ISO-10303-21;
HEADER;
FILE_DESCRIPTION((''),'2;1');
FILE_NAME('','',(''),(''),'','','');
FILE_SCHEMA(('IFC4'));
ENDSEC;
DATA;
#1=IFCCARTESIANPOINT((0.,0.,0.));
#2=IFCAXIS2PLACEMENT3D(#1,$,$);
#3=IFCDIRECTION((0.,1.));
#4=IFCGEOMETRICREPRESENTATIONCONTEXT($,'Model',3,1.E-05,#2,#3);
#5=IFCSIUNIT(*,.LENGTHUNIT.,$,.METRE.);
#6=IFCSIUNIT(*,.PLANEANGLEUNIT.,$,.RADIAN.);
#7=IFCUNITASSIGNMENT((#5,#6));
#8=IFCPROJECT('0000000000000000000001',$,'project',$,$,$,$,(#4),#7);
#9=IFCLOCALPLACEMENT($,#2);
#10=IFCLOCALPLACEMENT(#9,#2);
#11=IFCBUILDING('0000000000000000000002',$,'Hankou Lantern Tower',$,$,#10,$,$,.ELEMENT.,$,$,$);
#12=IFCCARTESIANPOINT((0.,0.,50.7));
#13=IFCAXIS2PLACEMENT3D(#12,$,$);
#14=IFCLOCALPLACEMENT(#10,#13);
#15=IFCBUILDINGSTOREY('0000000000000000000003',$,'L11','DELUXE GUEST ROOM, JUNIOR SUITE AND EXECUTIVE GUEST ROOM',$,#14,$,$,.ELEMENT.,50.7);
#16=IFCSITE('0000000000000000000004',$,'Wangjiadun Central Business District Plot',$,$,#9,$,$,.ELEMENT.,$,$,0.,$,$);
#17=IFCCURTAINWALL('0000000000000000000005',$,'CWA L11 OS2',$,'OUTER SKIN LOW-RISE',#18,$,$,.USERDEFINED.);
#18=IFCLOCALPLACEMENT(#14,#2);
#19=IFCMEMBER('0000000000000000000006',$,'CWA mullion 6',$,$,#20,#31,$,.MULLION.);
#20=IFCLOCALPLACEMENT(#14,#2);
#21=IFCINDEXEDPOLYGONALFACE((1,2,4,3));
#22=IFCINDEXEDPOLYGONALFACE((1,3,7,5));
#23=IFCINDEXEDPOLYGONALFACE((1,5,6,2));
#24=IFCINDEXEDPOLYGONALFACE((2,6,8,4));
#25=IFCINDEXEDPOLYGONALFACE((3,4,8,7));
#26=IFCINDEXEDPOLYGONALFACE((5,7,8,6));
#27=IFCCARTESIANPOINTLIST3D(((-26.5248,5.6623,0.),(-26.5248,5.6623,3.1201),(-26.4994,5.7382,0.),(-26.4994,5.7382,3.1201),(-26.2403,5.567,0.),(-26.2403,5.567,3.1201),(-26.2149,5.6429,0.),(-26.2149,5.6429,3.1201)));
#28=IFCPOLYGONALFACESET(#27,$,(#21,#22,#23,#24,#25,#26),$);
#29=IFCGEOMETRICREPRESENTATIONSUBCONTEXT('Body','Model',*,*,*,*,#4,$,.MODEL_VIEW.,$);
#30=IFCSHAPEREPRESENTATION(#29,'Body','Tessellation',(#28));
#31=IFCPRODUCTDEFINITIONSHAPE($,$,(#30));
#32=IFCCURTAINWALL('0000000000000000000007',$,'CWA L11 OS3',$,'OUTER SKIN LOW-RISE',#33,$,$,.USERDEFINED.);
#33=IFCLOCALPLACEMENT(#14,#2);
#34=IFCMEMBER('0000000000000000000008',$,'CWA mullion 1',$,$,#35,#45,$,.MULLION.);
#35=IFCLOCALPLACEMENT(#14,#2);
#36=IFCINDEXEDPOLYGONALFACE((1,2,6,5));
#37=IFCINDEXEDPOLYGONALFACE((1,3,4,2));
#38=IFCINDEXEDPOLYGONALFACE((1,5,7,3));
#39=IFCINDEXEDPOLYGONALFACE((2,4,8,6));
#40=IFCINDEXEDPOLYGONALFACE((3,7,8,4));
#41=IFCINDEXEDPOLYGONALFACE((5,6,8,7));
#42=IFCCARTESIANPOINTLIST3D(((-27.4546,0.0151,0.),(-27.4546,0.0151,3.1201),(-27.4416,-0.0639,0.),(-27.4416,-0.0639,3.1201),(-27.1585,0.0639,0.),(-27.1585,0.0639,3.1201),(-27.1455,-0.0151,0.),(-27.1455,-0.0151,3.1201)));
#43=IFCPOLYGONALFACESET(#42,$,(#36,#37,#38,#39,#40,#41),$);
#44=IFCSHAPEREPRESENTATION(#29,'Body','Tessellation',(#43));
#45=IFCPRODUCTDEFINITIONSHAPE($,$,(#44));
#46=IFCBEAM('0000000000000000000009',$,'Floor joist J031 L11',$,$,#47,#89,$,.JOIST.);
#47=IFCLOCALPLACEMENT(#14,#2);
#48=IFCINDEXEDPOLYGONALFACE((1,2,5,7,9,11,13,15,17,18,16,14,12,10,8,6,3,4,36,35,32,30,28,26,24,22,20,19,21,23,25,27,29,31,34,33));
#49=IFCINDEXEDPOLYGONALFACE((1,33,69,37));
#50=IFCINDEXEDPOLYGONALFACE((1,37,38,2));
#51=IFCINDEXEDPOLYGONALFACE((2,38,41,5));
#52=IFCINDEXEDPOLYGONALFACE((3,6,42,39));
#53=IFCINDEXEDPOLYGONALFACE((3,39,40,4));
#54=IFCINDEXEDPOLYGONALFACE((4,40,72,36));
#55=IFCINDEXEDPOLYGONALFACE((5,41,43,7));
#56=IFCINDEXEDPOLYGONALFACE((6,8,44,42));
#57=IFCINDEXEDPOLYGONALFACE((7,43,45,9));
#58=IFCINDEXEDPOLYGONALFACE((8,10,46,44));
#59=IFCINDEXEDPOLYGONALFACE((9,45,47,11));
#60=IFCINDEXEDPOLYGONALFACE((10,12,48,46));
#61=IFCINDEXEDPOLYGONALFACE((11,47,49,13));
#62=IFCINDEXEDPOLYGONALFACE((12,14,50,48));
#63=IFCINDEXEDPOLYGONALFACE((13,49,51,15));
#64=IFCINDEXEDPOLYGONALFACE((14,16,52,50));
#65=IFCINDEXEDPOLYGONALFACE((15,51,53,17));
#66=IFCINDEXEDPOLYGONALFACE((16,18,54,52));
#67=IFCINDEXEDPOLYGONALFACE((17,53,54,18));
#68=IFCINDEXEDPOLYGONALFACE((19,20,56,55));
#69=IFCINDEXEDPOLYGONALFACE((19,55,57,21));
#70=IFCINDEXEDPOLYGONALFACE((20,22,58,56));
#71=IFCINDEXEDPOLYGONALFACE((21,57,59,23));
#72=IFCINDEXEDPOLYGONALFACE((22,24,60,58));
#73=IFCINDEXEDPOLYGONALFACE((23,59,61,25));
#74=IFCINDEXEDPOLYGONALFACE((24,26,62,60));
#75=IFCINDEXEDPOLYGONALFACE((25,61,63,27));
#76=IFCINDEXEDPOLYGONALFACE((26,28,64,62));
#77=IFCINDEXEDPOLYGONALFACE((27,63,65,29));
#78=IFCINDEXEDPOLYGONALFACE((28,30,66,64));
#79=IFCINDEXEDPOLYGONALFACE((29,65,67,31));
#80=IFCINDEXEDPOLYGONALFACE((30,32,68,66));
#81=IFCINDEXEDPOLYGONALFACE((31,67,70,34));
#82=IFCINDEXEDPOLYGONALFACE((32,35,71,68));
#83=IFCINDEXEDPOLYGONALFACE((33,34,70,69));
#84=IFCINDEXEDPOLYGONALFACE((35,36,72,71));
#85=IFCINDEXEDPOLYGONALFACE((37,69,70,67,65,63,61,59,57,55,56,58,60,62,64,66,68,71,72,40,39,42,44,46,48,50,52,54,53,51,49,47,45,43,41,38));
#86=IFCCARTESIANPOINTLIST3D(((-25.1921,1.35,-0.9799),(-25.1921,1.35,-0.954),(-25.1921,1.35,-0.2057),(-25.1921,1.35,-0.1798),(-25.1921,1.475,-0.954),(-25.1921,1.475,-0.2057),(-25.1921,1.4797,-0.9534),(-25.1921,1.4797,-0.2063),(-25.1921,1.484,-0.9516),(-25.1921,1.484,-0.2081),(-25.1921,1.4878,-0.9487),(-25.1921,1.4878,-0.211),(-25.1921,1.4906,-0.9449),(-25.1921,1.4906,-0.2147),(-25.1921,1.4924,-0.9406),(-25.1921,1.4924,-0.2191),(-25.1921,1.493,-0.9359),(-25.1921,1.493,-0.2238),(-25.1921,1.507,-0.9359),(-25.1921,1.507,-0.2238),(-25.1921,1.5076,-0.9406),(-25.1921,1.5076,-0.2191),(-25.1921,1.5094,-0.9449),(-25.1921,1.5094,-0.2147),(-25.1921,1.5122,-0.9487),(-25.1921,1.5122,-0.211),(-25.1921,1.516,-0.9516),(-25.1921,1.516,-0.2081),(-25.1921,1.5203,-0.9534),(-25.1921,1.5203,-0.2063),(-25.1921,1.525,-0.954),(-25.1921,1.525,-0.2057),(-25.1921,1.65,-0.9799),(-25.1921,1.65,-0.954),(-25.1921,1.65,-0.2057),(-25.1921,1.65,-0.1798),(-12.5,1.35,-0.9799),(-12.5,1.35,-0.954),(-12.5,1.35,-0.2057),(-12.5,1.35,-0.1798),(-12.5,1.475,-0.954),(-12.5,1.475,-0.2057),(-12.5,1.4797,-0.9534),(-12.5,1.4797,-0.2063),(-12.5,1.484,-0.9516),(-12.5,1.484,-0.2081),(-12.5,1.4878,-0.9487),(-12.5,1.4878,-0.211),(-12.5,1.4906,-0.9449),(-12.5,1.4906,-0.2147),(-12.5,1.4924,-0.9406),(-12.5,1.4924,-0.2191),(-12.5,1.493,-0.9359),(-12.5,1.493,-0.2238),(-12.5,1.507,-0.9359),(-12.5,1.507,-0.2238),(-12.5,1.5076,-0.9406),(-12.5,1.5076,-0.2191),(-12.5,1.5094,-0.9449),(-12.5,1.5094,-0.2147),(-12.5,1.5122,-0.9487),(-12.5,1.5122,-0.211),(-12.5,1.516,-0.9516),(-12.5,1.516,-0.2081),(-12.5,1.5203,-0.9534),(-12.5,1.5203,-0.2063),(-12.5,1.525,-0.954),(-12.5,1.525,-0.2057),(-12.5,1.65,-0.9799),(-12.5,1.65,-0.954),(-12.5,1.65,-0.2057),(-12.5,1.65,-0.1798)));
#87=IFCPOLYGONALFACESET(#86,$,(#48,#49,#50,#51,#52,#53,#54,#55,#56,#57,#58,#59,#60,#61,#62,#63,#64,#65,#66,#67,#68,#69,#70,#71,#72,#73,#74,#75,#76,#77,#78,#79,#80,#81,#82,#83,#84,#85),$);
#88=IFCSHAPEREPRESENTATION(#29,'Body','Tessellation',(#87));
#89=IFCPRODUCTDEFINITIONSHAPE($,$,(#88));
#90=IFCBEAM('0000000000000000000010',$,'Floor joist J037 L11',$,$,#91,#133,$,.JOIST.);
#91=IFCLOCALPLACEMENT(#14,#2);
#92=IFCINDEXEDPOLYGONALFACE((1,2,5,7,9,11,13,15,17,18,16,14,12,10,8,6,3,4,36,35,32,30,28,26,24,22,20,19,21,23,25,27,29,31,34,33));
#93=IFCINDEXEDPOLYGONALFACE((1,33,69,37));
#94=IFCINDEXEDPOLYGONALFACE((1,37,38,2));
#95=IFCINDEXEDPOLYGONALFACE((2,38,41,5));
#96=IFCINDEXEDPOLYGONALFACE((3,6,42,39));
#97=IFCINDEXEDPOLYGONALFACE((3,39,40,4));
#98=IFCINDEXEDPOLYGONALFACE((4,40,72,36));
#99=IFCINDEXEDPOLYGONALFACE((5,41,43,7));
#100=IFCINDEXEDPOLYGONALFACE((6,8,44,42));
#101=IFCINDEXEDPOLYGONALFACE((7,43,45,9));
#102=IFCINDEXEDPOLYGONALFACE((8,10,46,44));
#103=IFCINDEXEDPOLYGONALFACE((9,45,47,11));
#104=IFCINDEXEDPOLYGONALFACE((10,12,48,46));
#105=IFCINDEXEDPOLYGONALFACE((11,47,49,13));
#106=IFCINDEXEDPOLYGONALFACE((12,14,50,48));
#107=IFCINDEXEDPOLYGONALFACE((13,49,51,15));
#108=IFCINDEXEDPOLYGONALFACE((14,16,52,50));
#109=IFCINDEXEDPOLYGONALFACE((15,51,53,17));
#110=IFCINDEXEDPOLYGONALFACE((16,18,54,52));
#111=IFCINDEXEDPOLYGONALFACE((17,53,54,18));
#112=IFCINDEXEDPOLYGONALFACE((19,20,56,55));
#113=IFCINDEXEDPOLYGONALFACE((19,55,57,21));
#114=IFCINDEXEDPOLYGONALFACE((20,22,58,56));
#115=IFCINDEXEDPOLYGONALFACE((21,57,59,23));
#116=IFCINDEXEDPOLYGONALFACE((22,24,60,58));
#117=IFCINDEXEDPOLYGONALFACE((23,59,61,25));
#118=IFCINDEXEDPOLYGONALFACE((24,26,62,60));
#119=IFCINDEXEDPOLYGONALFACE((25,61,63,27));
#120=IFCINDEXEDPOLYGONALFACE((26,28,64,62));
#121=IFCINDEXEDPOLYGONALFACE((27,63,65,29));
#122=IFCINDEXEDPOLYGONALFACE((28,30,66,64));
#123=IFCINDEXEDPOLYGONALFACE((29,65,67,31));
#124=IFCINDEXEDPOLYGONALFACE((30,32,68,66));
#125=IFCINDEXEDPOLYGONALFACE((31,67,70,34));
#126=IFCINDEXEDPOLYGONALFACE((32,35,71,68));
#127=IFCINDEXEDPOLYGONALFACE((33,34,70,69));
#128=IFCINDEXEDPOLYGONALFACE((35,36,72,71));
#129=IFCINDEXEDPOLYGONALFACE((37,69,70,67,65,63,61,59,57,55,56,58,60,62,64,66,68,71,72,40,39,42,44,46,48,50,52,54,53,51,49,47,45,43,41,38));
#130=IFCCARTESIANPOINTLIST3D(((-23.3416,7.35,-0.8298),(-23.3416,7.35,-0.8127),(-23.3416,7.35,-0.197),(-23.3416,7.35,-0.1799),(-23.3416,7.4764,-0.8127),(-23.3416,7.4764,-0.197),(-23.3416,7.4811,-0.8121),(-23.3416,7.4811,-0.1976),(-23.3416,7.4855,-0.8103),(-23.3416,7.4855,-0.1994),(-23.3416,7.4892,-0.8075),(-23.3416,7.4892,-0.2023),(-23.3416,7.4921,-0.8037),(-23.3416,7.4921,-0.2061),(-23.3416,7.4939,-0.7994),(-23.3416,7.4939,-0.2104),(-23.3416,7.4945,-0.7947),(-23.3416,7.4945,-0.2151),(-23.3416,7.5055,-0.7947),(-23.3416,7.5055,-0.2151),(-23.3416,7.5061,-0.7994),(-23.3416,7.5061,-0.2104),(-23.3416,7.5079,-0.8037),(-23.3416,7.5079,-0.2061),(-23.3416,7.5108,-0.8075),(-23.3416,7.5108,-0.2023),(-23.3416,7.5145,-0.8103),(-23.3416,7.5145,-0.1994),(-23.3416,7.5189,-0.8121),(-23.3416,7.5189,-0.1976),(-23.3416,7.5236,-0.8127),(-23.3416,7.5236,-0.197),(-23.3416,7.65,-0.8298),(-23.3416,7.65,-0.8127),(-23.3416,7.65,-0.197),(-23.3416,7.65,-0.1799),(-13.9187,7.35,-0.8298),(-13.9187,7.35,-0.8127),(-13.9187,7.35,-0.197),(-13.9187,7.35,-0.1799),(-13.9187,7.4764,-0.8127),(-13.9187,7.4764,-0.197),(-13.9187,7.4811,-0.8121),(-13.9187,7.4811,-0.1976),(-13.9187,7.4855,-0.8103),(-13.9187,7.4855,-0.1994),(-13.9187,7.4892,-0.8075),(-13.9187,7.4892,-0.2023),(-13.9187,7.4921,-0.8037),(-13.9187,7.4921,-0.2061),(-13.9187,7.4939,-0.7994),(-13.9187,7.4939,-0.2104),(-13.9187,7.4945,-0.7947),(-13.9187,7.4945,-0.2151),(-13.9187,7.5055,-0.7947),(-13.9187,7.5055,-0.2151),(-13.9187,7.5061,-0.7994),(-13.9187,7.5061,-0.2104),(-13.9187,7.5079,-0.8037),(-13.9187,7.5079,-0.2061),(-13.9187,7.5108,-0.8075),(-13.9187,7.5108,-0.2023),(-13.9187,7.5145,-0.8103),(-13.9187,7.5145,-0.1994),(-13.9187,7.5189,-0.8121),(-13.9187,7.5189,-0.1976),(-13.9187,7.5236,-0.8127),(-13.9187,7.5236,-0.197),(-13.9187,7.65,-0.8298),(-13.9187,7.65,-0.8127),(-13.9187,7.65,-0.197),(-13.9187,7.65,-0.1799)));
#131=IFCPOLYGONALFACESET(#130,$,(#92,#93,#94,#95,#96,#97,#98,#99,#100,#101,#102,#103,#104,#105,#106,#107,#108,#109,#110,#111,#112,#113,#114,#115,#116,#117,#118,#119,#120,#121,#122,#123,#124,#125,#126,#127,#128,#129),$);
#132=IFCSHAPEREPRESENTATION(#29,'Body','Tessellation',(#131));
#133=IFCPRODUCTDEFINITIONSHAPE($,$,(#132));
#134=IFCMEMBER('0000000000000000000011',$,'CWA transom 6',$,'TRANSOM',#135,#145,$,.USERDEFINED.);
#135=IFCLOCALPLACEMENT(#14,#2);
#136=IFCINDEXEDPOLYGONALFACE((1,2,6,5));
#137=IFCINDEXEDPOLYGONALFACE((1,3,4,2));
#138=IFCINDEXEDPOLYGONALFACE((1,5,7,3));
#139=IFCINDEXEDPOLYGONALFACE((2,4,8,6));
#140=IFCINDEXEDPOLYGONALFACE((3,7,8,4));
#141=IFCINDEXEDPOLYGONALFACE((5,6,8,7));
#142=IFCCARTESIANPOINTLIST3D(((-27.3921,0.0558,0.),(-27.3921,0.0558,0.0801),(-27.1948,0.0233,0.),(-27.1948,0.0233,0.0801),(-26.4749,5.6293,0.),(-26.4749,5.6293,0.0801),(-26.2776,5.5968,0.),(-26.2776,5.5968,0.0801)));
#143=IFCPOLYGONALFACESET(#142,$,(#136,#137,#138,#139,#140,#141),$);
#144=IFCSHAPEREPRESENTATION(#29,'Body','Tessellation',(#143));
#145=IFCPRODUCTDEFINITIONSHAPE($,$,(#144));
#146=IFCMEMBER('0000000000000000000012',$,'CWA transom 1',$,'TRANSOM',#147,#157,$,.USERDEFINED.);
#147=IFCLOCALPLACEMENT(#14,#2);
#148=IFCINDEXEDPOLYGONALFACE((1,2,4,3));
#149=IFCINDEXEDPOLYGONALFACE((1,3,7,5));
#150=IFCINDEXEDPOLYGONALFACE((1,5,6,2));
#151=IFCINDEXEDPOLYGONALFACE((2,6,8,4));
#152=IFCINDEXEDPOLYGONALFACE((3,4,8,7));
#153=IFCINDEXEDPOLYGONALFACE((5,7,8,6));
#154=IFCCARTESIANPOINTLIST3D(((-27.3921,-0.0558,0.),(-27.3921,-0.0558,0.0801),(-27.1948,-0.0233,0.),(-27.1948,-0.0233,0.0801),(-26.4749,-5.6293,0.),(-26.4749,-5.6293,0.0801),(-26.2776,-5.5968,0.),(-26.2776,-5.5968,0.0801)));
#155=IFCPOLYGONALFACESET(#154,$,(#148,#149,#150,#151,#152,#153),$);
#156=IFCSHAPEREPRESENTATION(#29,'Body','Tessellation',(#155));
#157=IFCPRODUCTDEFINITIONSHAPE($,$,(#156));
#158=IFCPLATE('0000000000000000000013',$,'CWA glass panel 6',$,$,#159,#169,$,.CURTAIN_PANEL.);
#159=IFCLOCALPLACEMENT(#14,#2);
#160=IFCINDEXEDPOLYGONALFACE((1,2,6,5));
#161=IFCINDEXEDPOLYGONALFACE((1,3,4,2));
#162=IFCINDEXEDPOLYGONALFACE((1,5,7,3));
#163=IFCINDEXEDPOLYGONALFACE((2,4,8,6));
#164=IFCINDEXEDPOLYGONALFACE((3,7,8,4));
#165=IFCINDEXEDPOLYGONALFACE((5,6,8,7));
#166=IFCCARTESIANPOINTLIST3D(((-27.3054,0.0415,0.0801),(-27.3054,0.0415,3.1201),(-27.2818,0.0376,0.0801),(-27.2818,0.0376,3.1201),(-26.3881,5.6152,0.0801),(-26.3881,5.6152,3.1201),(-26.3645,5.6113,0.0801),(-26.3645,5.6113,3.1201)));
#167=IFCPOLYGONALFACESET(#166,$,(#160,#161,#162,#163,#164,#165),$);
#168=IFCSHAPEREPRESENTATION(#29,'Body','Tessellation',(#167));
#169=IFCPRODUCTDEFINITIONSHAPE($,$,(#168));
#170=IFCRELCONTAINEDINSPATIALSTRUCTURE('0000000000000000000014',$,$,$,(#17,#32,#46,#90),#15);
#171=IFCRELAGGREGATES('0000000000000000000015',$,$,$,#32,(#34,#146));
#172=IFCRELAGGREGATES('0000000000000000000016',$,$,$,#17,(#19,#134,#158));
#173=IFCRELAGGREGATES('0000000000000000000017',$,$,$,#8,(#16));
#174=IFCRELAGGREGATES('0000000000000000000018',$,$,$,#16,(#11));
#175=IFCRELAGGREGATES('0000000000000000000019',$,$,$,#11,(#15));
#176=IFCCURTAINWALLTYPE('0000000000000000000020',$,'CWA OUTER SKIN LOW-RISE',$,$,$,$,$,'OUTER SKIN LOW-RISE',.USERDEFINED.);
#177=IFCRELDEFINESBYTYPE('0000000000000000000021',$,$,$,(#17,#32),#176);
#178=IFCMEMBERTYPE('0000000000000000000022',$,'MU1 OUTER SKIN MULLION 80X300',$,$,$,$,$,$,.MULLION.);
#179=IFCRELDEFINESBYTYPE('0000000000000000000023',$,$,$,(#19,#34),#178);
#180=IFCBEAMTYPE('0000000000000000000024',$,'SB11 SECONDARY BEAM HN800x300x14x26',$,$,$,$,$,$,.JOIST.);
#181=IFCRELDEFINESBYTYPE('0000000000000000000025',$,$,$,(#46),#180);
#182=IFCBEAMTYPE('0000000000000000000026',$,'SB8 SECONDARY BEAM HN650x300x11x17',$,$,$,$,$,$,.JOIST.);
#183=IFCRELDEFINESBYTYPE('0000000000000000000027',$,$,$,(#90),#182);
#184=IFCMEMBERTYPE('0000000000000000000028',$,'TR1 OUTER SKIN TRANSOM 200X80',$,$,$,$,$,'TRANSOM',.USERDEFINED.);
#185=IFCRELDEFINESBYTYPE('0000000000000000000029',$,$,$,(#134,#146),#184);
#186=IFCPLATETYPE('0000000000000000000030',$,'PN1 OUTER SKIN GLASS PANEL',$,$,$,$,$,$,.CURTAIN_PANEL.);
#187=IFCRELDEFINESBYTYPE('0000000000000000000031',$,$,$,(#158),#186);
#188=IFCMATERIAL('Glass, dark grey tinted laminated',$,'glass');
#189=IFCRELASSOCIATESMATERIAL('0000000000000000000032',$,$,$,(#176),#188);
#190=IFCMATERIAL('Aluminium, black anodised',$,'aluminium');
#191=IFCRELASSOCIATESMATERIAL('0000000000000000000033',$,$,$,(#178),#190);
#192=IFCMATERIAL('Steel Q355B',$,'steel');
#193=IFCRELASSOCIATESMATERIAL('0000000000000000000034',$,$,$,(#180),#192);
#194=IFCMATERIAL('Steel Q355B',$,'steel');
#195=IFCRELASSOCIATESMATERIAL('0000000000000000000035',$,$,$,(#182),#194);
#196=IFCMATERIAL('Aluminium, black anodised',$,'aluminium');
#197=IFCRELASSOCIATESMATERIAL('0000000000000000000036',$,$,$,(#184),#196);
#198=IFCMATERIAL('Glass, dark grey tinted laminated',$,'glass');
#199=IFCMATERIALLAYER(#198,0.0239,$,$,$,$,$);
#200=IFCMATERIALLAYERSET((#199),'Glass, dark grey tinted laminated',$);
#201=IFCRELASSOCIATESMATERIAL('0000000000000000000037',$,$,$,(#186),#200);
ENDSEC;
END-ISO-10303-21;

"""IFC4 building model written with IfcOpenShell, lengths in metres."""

from ifc_helpers import new_model, si_unit, direction, frame, origin, origin_2d, place, context, subcontext, project, spatial, rectangle, i_section, extrude, material, layer, layer_set, material_profile, profile_set, type_object, element, aggregate, save


model = new_model("IFC4")

# Units and contexts
model_context = context("Model", 3, precision=1e-05, world=origin(), true_north=direction((0.0, 1.0)))
body_context = subcontext(model_context, "Body", "Model", "MODEL_VIEW")
ifc_project = project(units=[si_unit("LENGTHUNIT", "METRE"), si_unit("PLANEANGLEUNIT", "RADIAN")], contexts=[model_context])

# Site, building, storey
site_placement = place(None, origin())
site = spatial("IfcSite", under=ifc_project, at=site_placement, Name="Wangjiadun Central Business District Plot", CompositionType="ELEMENT", RefElevation=0.0)
building_placement = place(site_placement, origin())
building = spatial("IfcBuilding", under=site, at=building_placement, Name="Hankou Lantern Tower", CompositionType="ELEMENT")
storey_placement = place(building_placement, frame((0.0, 0.0, 50.7)))
storey = spatial("IfcBuildingStorey", under=building, at=storey_placement, Name="L11", Description="DELUXE GUEST ROOM, JUNIOR SUITE AND EXECUTIVE GUEST ROOM", CompositionType="ELEMENT", Elevation=50.7)

# Curtain walls, members
ifc_material_1 = material(Name="Glass, dark grey tinted laminated", Category="glass")
curtain_wall_type = type_object("IfcCurtainWallType", Name="CWA OUTER SKIN LOW-RISE", ElementType="OUTER SKIN LOW-RISE", PredefinedType="USERDEFINED", material=ifc_material_1)
curtain_wall_1_placement = place(storey_placement, origin())
curtain_wall_1 = element("IfcCurtainWall", 1, at=curtain_wall_1_placement, inside=storey, type_object=curtain_wall_type, Name="CWA L11 OS2", ObjectType="OUTER SKIN LOW-RISE", PredefinedType="USERDEFINED")
ifc_material_2 = material(Name="Aluminium, black anodised", Category="aluminium")
ifc_material_profile_1 = material_profile(ifc_material_2, rectangle(XDim=0.0801, YDim=0.3, at=origin_2d()), Name="MU1 80X300")
ifc_profile_set_1 = profile_set([ifc_material_profile_1], Name="Aluminium, black anodised")
member_type_1 = type_object("IfcMemberType", Name="MU1 OUTER SKIN MULLION 80X300", PredefinedType="MULLION", material=ifc_profile_set_1)
member_1_placement = place(storey_placement, frame((-26.3699, 5.6526, 0.0), z_axis=(0.0, 0.0, 1.0), x_axis=(-0.317596, -0.948226, 0.0)))
member_1 = element("IfcMember", 2, at=member_1_placement, type_object=member_type_1, Name="CWA mullion 6", PredefinedType="MULLION", context=body_context, shape_type="SweptSolid", body=[
    extrude(rectangle(XDim=0.0801, YDim=0.3, at=origin_2d()), origin(), (0.0, 0.0, 1.0), 3.1201),
])
curtain_wall_2_placement = place(storey_placement, origin())
curtain_wall_2 = element("IfcCurtainWall", 3, at=curtain_wall_2_placement, inside=storey, type_object=curtain_wall_type, Name="CWA L11 OS3", ObjectType="OUTER SKIN LOW-RISE", PredefinedType="USERDEFINED")
member_2_placement = place(storey_placement, frame((-27.3, 0.0, 0.0), z_axis=(0.0, 0.0, 1.0), x_axis=(0.162382, -0.986728, 0.0)))
member_2 = element("IfcMember", 4, at=member_2_placement, type_object=member_type_1, Name="CWA mullion 1", PredefinedType="MULLION", context=body_context, shape_type="SweptSolid", body=[
    extrude(rectangle(XDim=0.0801, YDim=0.3, at=origin_2d()), origin(), (0.0, 0.0, 1.0), 3.1201),
])

# Beams
ifc_material_3 = material(Name="Steel Q355B", Category="steel")
ifc_material_profile_2 = material_profile(ifc_material_3, i_section(OverallWidth=0.3, OverallDepth=0.8, WebThickness=0.0139, FlangeThickness=0.0259, FilletRadius=0.0181, at=origin_2d()), Name="HN800x300x14x26")
ifc_profile_set_2 = profile_set([ifc_material_profile_2], Name="Steel Q355B")
beam_type_1 = type_object("IfcBeamType", Name="SB11 SECONDARY BEAM HN800x300x14x26", PredefinedType="JOIST", material=ifc_profile_set_2)
beam_1_placement = place(storey_placement, frame((-25.1921, 1.5, -0.5798), z_axis=(1.0, 0.0, 0.0), x_axis=(0.0, 1.0, 0.0)))
element("IfcBeam", 5, at=beam_1_placement, inside=storey, type_object=beam_type_1, Name="Floor joist J031 L11", PredefinedType="JOIST", context=body_context, shape_type="SweptSolid", body=[
    extrude(i_section(OverallWidth=0.3, OverallDepth=0.8, WebThickness=0.0139, FlangeThickness=0.0259, FilletRadius=0.0181, at=origin_2d()), origin(), (0.0, 0.0, 1.0), 12.6921),
])
ifc_material_4 = material(Name="Steel Q355B", Category="steel")
ifc_material_profile_3 = material_profile(ifc_material_4, i_section(OverallWidth=0.3, OverallDepth=0.6499, WebThickness=0.011, FlangeThickness=0.0171, FilletRadius=0.0181, at=origin_2d()), Name="HN650x300x11x17")
ifc_profile_set_3 = profile_set([ifc_material_profile_3], Name="Steel Q355B")
beam_type_2 = type_object("IfcBeamType", Name="SB8 SECONDARY BEAM HN650x300x11x17", PredefinedType="JOIST", material=ifc_profile_set_3)
beam_2_placement = place(storey_placement, frame((-23.3416, 7.5, -0.5049), z_axis=(1.0, 0.0, 0.0), x_axis=(0.0, 1.0, 0.0)))
element("IfcBeam", 6, at=beam_2_placement, inside=storey, type_object=beam_type_2, Name="Floor joist J037 L11", PredefinedType="JOIST", context=body_context, shape_type="SweptSolid", body=[
    extrude(i_section(OverallWidth=0.3, OverallDepth=0.6499, WebThickness=0.011, FlangeThickness=0.0171, FilletRadius=0.0181, at=origin_2d()), origin(), (0.0, 0.0, 1.0), 9.4229),
])

# Members
ifc_material_5 = material(Name="Aluminium, black anodised", Category="aluminium")
ifc_material_profile_4 = material_profile(ifc_material_5, rectangle(XDim=0.2, YDim=0.0801, at=origin_2d()), Name="TR1 200X80")
ifc_profile_set_4 = profile_set([ifc_material_profile_4], Name="Aluminium, black anodised")
member_type_2 = type_object("IfcMemberType", Name="TR1 OUTER SKIN TRANSOM 200X80", ElementType="TRANSOM", PredefinedType="USERDEFINED", material=ifc_profile_set_4)
member_3_placement = place(storey_placement, frame((-26.3762, 5.613, 0.04), z_axis=(-0.162387, -0.986727, 0.0), x_axis=(0.986727, -0.162387, 0.0)))
member_3 = element("IfcMember", 7, at=member_3_placement, type_object=member_type_2, Name="CWA transom 6", ObjectType="TRANSOM", PredefinedType="USERDEFINED", context=body_context, shape_type="SweptSolid", body=[
    extrude(rectangle(XDim=0.2, YDim=0.0801, at=origin_2d()), origin(), (0.0, 0.0, 1.0), 5.6484),
])
member_4_placement = place(storey_placement, frame((-27.2935, -0.0396, 0.04), z_axis=(0.162387, -0.986727, 0.0), x_axis=(0.986727, 0.162387, 0.0)))
member_4 = element("IfcMember", 8, at=member_4_placement, type_object=member_type_2, Name="CWA transom 1", ObjectType="TRANSOM", PredefinedType="USERDEFINED", context=body_context, shape_type="SweptSolid", body=[
    extrude(rectangle(XDim=0.2, YDim=0.0801, at=origin_2d()), origin(), (0.0, 0.0, 1.0), 5.6484),
])
aggregate(curtain_wall_2, [member_2, member_4])

# Plate
ifc_material_6 = material(Name="Glass, dark grey tinted laminated", Category="glass")
ifc_layer_1 = layer(ifc_material_6, 0.0239)
ifc_layer_set_1 = layer_set([ifc_layer_1], Name="Glass, dark grey tinted laminated")
plate_type = type_object("IfcPlateType", Name="PN1 OUTER SKIN GLASS PANEL", PredefinedType="CURTAIN_PANEL", material=ifc_layer_set_1)
plate_placement = place(storey_placement, frame((-26.835, 2.8264, 0.0801), z_axis=(0.0, 0.0, 1.0), x_axis=(-0.162382, -0.986728, 0.0)))
plate = element("IfcPlate", 9, at=plate_placement, type_object=plate_type, Name="CWA glass panel 6", PredefinedType="CURTAIN_PANEL", context=body_context, shape_type="SweptSolid", body=[
    extrude(rectangle(XDim=5.6487, YDim=0.0239, at=origin_2d()), origin(), (0.0, 0.0, 1.0), 3.04),
])
aggregate(curtain_wall_1, [member_1, member_3, plate])

save(model, "model.ifc")
